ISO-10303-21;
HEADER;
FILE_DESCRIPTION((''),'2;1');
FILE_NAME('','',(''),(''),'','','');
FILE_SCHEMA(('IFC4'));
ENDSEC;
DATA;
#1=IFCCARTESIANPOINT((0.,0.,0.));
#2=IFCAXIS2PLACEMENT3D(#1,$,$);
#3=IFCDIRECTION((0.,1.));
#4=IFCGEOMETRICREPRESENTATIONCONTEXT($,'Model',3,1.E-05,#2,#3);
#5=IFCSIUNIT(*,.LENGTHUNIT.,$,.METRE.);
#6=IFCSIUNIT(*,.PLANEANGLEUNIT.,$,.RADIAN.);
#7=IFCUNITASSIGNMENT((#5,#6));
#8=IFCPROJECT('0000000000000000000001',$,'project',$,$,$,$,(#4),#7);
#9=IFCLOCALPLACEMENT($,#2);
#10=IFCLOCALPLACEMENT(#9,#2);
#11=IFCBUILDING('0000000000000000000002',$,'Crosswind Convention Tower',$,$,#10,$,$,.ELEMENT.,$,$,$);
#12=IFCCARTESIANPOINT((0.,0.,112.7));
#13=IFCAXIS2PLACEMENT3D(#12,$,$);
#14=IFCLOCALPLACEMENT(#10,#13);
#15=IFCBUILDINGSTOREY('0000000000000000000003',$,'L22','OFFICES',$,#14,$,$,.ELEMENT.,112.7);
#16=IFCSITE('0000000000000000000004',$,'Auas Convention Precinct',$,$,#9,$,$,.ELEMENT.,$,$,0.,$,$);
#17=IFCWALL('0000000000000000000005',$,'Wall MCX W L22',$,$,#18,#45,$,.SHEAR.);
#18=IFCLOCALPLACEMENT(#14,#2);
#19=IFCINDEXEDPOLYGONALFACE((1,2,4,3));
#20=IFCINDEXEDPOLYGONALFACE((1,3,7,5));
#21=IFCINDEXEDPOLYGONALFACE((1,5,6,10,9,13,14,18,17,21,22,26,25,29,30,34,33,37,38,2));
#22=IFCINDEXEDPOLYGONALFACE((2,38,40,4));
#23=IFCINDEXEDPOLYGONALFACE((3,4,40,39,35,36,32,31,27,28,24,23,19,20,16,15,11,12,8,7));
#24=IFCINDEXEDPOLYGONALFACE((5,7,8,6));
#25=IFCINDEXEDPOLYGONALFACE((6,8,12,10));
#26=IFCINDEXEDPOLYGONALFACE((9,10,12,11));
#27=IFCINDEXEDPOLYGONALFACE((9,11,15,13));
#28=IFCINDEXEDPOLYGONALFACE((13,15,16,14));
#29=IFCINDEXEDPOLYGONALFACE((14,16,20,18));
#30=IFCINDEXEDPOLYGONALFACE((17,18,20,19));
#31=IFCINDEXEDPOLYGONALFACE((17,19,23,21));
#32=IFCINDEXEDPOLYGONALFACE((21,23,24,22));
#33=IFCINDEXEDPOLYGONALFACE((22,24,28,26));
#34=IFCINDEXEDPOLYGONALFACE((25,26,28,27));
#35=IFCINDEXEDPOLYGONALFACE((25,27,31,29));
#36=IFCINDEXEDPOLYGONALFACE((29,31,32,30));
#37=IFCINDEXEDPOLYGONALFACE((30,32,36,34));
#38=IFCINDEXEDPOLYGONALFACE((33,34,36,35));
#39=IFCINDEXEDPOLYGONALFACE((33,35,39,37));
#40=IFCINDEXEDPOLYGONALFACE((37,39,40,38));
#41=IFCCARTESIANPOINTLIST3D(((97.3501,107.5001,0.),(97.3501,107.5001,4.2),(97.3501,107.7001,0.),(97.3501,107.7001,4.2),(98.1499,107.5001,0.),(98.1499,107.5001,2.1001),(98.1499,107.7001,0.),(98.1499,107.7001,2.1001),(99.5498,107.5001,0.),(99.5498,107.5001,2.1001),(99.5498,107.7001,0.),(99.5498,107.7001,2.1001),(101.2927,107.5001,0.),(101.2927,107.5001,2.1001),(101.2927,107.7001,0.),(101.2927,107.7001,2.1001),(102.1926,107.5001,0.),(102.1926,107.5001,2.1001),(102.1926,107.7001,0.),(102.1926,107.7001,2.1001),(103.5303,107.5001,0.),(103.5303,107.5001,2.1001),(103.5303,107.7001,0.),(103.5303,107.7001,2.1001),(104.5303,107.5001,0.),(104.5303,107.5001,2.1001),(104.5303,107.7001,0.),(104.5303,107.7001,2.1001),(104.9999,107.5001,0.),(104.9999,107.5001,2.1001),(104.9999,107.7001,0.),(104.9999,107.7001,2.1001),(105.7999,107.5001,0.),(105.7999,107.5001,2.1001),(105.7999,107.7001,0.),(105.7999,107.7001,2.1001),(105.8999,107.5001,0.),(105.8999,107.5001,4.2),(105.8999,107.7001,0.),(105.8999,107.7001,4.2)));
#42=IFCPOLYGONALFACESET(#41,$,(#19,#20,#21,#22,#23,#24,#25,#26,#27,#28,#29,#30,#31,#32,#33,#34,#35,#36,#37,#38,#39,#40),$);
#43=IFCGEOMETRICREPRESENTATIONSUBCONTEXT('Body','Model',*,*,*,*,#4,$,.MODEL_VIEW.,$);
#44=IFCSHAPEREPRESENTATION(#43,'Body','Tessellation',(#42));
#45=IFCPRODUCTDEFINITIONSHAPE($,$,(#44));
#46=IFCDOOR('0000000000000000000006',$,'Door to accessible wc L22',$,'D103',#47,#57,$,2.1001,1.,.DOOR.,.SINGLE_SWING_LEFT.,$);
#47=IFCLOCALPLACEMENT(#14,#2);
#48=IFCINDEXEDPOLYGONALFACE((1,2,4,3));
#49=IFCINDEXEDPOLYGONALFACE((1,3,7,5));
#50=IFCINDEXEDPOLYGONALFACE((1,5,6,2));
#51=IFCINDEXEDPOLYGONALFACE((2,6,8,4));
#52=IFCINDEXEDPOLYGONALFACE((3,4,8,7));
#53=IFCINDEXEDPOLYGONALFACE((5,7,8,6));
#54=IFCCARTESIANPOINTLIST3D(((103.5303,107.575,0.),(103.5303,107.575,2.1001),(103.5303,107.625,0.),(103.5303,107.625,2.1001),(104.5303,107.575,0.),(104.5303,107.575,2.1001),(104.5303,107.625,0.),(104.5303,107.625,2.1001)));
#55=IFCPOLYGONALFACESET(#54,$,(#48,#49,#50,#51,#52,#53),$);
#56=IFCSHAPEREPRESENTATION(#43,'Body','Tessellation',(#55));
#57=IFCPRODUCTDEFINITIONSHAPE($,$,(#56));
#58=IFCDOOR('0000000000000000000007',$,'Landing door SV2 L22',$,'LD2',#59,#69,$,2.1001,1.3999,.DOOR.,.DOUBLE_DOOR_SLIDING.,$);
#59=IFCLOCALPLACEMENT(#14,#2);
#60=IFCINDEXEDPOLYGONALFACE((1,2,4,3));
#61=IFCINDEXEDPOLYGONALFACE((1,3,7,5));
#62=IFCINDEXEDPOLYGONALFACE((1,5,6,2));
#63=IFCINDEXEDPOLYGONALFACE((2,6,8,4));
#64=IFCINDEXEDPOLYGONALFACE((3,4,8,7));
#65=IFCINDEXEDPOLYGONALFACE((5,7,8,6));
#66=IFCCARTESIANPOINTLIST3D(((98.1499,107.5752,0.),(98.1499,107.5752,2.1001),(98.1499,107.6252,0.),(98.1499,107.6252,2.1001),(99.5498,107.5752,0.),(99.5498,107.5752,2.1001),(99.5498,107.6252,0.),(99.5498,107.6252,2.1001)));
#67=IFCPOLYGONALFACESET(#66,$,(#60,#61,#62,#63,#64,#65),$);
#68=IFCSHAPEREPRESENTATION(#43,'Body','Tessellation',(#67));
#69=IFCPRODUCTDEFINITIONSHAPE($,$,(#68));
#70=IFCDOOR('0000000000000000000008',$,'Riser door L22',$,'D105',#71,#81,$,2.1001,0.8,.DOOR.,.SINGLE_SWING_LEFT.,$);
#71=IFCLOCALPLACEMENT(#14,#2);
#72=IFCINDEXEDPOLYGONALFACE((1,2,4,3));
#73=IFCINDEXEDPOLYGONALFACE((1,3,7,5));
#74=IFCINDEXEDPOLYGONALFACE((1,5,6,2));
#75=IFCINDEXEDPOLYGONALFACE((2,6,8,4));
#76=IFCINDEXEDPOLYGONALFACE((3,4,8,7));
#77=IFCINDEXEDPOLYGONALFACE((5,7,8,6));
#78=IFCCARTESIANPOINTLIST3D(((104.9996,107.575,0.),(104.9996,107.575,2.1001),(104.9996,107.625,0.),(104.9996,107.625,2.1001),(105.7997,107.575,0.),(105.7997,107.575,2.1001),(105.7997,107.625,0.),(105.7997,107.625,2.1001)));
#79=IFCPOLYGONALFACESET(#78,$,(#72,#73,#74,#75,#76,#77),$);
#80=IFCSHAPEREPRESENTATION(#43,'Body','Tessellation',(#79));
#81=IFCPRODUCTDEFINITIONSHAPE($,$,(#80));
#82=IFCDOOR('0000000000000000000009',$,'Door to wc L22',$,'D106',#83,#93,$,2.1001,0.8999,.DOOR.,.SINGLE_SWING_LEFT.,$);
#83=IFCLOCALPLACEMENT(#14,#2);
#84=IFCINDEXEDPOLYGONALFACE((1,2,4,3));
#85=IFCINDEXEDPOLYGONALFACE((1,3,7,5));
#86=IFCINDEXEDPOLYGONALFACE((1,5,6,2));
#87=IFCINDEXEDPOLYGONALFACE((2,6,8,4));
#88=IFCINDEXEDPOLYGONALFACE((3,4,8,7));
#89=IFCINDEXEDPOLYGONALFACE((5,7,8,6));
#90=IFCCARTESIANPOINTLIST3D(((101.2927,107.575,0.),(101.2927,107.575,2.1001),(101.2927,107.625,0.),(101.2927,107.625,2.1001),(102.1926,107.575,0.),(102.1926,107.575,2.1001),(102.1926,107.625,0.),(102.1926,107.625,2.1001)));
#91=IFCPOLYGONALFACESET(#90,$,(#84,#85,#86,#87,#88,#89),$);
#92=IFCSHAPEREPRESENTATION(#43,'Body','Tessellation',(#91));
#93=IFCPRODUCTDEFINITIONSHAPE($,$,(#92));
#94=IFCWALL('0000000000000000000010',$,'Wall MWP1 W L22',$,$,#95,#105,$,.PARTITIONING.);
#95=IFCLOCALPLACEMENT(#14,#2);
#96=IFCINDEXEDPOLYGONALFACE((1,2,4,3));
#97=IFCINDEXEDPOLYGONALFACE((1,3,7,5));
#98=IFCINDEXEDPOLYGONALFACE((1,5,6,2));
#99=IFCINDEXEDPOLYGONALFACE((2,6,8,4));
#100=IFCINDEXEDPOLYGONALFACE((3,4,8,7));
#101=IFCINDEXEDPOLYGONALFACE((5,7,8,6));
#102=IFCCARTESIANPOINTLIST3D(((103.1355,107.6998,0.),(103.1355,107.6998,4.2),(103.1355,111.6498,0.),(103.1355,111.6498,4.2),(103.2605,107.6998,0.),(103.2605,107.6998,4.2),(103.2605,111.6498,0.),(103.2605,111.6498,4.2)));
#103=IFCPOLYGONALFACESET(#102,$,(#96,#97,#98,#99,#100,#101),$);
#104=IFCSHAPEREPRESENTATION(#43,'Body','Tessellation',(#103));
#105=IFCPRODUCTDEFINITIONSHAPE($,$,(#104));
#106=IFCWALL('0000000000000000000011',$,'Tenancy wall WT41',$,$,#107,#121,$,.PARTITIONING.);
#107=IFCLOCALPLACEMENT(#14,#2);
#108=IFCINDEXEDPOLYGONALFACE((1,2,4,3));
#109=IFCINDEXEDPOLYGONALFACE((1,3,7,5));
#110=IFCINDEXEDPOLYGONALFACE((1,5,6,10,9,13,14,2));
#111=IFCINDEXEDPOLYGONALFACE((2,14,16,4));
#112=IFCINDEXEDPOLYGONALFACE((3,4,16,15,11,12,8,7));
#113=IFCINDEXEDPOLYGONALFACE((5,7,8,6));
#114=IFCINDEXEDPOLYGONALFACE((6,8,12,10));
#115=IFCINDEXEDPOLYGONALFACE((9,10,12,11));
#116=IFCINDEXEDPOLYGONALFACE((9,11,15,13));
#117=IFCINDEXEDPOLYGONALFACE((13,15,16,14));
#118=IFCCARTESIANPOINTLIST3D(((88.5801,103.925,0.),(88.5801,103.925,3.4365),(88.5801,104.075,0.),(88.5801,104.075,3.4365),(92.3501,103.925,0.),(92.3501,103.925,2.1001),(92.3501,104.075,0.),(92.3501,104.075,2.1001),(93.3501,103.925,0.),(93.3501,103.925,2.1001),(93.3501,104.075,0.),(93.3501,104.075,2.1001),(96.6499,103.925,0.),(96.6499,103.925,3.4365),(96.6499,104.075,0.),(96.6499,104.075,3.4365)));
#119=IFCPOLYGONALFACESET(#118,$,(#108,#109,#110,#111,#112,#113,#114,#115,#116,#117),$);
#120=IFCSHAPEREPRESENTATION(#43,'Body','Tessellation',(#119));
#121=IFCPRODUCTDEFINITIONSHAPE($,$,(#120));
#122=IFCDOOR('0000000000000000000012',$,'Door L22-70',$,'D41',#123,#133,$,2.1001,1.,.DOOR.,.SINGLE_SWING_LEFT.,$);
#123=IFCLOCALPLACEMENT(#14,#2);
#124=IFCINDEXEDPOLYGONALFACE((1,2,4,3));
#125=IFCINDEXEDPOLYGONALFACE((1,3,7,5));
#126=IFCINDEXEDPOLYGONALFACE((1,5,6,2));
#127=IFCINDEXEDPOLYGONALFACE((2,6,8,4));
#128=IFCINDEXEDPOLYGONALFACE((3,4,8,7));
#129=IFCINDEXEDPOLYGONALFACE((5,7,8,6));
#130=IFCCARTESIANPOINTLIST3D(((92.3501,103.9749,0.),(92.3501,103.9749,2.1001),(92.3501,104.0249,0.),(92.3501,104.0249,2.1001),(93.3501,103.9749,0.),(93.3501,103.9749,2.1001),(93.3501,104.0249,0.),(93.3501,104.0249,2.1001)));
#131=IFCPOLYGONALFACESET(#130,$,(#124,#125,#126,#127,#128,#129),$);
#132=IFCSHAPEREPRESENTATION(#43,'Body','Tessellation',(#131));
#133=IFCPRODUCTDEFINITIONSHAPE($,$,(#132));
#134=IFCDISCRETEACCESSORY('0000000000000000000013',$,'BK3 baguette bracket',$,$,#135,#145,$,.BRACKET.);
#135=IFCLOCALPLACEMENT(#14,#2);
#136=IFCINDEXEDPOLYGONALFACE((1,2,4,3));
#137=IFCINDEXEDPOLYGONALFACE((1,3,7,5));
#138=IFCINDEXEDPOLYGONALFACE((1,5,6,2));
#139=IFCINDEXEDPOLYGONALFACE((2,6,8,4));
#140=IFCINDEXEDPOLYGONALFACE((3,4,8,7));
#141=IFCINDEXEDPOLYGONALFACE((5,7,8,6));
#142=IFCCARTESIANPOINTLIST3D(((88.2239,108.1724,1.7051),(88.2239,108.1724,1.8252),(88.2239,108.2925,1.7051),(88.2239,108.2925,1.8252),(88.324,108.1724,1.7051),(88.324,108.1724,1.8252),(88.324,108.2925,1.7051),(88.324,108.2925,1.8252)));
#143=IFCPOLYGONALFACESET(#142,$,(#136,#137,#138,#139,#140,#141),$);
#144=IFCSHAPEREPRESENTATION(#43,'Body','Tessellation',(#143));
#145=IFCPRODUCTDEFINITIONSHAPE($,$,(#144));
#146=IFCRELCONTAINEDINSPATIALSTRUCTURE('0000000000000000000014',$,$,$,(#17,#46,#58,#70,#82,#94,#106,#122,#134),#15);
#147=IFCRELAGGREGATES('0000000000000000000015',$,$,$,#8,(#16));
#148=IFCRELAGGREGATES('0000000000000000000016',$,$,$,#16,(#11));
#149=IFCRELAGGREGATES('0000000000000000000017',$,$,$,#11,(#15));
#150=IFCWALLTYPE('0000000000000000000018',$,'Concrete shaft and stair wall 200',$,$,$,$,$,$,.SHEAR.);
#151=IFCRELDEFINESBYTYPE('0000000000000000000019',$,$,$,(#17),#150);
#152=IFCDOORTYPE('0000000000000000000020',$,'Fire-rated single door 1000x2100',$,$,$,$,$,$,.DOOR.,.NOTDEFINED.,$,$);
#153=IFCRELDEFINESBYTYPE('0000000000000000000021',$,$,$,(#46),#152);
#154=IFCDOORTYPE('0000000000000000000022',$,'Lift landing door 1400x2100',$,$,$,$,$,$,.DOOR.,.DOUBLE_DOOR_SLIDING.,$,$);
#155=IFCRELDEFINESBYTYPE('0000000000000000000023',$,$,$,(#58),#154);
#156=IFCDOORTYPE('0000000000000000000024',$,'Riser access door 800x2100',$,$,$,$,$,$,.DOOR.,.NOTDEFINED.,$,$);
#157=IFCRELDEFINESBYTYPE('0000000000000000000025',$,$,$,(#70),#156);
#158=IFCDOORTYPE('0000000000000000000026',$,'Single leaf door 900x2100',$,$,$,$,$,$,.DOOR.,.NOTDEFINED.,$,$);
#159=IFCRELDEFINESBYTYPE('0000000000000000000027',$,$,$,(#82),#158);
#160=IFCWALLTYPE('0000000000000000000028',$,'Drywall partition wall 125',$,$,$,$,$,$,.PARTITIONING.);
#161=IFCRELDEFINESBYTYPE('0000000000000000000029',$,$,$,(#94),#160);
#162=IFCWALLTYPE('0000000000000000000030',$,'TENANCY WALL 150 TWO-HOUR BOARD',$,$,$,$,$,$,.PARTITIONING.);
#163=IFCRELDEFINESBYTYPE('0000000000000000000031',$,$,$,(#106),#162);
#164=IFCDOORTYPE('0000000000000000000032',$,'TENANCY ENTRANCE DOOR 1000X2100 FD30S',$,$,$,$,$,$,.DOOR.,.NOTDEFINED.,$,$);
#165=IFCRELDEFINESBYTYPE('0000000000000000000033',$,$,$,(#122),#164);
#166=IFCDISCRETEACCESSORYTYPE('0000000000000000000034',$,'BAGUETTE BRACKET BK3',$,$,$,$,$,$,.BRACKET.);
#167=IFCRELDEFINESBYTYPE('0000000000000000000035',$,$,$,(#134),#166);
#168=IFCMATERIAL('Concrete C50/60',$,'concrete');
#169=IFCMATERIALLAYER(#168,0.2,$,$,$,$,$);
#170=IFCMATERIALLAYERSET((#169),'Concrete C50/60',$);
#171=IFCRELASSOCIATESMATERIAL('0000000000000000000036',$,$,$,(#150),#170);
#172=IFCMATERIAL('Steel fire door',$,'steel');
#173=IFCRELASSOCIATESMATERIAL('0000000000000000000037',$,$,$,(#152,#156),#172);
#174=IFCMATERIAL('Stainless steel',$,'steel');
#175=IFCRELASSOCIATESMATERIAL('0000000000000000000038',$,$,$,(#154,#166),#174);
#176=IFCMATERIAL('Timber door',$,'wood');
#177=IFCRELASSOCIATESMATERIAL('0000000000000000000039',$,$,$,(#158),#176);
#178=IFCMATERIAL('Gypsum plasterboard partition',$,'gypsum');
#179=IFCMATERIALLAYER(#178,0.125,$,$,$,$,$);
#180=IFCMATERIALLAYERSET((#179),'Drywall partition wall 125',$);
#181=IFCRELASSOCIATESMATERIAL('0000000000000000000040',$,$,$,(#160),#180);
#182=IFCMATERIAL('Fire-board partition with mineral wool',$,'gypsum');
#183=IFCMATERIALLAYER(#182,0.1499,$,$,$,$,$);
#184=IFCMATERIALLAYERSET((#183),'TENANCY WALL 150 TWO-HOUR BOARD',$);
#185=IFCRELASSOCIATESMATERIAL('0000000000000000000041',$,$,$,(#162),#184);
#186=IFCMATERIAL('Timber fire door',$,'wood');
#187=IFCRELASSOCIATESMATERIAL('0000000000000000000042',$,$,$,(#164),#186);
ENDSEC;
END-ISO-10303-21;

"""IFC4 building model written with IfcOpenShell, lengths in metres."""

from ifc_helpers import new_model, si_unit, direction, frame, frame_2d, origin, origin_2d, place, context, subcontext, project, spatial, rectangle, extrude, material, layer, layer_set, type_object, element, fill, save


model = new_model("IFC4")

# Units and contexts
model_context = context("Model", 3, precision=1e-05, world=origin(), true_north=direction((0.0, 1.0)))
body_context = subcontext(model_context, "Body", "Model", "MODEL_VIEW")
ifc_project = project(units=[si_unit("LENGTHUNIT", "METRE"), si_unit("PLANEANGLEUNIT", "RADIAN")], contexts=[model_context])

# Site, building, storey
site_placement = place(None, origin())
site = spatial("IfcSite", under=ifc_project, at=site_placement, Name="Auas Convention Precinct", CompositionType="ELEMENT", RefElevation=0.0)
building_placement = place(site_placement, origin())
building = spatial("IfcBuilding", under=site, at=building_placement, Name="Crosswind Convention Tower", CompositionType="ELEMENT")
storey_placement = place(building_placement, frame((0.0, 0.0, 112.7)))
storey = spatial("IfcBuildingStorey", under=building, at=storey_placement, Name="L22", Description="OFFICES", CompositionType="ELEMENT", Elevation=112.7)

# Shared definitions
ifc_material_1 = material(Name="Concrete C50/60", Category="concrete")
ifc_layer_1 = layer(ifc_material_1, 0.2)
ifc_layer_set_1 = layer_set([ifc_layer_1], Name="Concrete C50/60")
wall_type_1 = type_object("IfcWallType", Name="Concrete shaft and stair wall 200", PredefinedType="SHEAR", material=ifc_layer_set_1)

# Wall, openings, doors
wall_1_placement = place(storey_placement, frame((105.8999, 107.6001, 0.0), z_axis=(0.0, 0.0, 1.0), x_axis=(-1.0, 0.0, 0.0)))
wall_1 = element("IfcWall", 1, at=wall_1_placement, inside=storey, type_object=wall_type_1, Name="Wall MCX W L22", PredefinedType="SHEAR", context=body_context, shape_type="SweptSolid", body=[
    extrude(rectangle(XDim=8.5498, YDim=0.2, at=frame_2d((4.2749, 0.0))), origin(), (0.0, 0.0, 1.0), 4.2),
])
opening_1_placement = place(wall_1_placement, frame((0.1001, 0.0, 0.0)))
opening_1 = element("IfcOpeningElement", 2, at=opening_1_placement, cuts=wall_1, PredefinedType="OPENING", context=body_context, shape_type="SweptSolid", body=[
    extrude(rectangle(XDim=0.8, YDim=2.1001, at=frame_2d((0.3999, 1.05))), frame((0.0, 0.1099, 0.0), z_axis=(0.0, -1.0, 0.0), x_axis=(1.0, 0.0, 0.0)), (0.0, 0.0, 1.0), 0.22),
])
opening_2_placement = place(wall_1_placement, frame((1.3696, 0.0, 0.0)))
opening_2 = element("IfcOpeningElement", 3, at=opening_2_placement, cuts=wall_1, PredefinedType="OPENING", context=body_context, shape_type="SweptSolid", body=[
    extrude(rectangle(XDim=1.0, YDim=2.1001, at=frame_2d((0.5, 1.05))), frame((0.0, 0.1099, 0.0), z_axis=(0.0, -1.0, 0.0), x_axis=(1.0, 0.0, 0.0)), (0.0, 0.0, 1.0), 0.22),
])
opening_3_placement = place(wall_1_placement, frame((3.7073, 0.0, 0.0)))
opening_3 = element("IfcOpeningElement", 4, at=opening_3_placement, cuts=wall_1, PredefinedType="OPENING", context=body_context, shape_type="SweptSolid", body=[
    extrude(rectangle(XDim=0.8999, YDim=2.1001, at=frame_2d((0.45, 1.05))), frame((0.0, 0.1099, 0.0), z_axis=(0.0, -1.0, 0.0), x_axis=(1.0, 0.0, 0.0)), (0.0, 0.0, 1.0), 0.22),
])
opening_4_placement = place(wall_1_placement, frame((6.3501, 0.0, 0.0)))
opening_4 = element("IfcOpeningElement", 5, at=opening_4_placement, cuts=wall_1, PredefinedType="OPENING", context=body_context, shape_type="SweptSolid", body=[
    extrude(rectangle(XDim=1.3999, YDim=2.1001, at=frame_2d((0.7, 1.05))), frame((0.0, 0.1099, 0.0), z_axis=(0.0, -1.0, 0.0), x_axis=(1.0, 0.0, 0.0)), (0.0, 0.0, 1.0), 0.22),
])
ifc_material_2 = material(Name="Steel fire door", Category="steel")
door_type_1 = type_object("IfcDoorType", Name="Fire-rated single door 1000x2100", OperationType="NOTDEFINED", PredefinedType="DOOR", material=ifc_material_2)
door_1_placement = place(opening_2_placement, frame((1.0, 0.0, 0.0), z_axis=(0.0, 0.0, 1.0), x_axis=(-1.0, 0.0, 0.0)))
door_1 = element("IfcDoor", 6, at=door_1_placement, inside=storey, type_object=door_type_1, Name="Door to accessible wc L22", ObjectType="D103", OperationType="SINGLE_SWING_LEFT", OverallHeight=2.1001, OverallWidth=1.0, PredefinedType="DOOR", context=body_context, shape_type="SweptSolid", body=[
    extrude(rectangle(XDim=1.0, YDim=2.1001, at=frame_2d((0.5, 1.05))), frame((0.0, 0.0249, 0.0), z_axis=(0.0, -1.0, 0.0), x_axis=(1.0, 0.0, 0.0)), (0.0, 0.0, 1.0), 0.05),
])
fill(opening_2, door_1)
ifc_material_3 = material(Name="Stainless steel", Category="steel")
door_type_2 = type_object("IfcDoorType", Name="Lift landing door 1400x2100", OperationType="DOUBLE_DOOR_SLIDING", PredefinedType="DOOR", material=ifc_material_3)
door_2_placement = place(opening_4_placement, origin())
door_2 = element("IfcDoor", 7, at=door_2_placement, inside=storey, type_object=door_type_2, Name="Landing door SV2 L22", ObjectType="LD2", OperationType="DOUBLE_DOOR_SLIDING", OverallHeight=2.1001, OverallWidth=1.3999, PredefinedType="DOOR", context=body_context, shape_type="SweptSolid", body=[
    extrude(rectangle(XDim=1.3999, YDim=2.1001, at=frame_2d((0.7, 1.05))), frame((0.0, 0.0249, 0.0), z_axis=(0.0, -1.0, 0.0), x_axis=(1.0, 0.0, 0.0)), (0.0, 0.0, 1.0), 0.05),
])
fill(opening_4, door_2)
door_type_3 = type_object("IfcDoorType", Name="Riser access door 800x2100", OperationType="NOTDEFINED", PredefinedType="DOOR", material=ifc_material_2)
door_3_placement = place(opening_1_placement, frame((0.8, 0.0, 0.0), z_axis=(0.0, 0.0, 1.0), x_axis=(-1.0, 0.0, 0.0)))
door_3 = element("IfcDoor", 8, at=door_3_placement, inside=storey, type_object=door_type_3, Name="Riser door L22", ObjectType="D105", OperationType="SINGLE_SWING_LEFT", OverallHeight=2.1001, OverallWidth=0.8, PredefinedType="DOOR", context=body_context, shape_type="SweptSolid", body=[
    extrude(rectangle(XDim=0.8, YDim=2.1001, at=frame_2d((0.3999, 1.05))), frame((0.0, 0.0249, 0.0), z_axis=(0.0, -1.0, 0.0), x_axis=(1.0, 0.0, 0.0)), (0.0, 0.0, 1.0), 0.05),
])
fill(opening_1, door_3)
ifc_material_4 = material(Name="Timber door", Category="wood")
door_type_4 = type_object("IfcDoorType", Name="Single leaf door 900x2100", OperationType="NOTDEFINED", PredefinedType="DOOR", material=ifc_material_4)
door_4_placement = place(opening_3_placement, frame((0.8999, 0.0, 0.0), z_axis=(0.0, 0.0, 1.0), x_axis=(-1.0, 0.0, 0.0)))
door_4 = element("IfcDoor", 9, at=door_4_placement, inside=storey, type_object=door_type_4, Name="Door to wc L22", ObjectType="D106", OperationType="SINGLE_SWING_LEFT", OverallHeight=2.1001, OverallWidth=0.8999, PredefinedType="DOOR", context=body_context, shape_type="SweptSolid", body=[
    extrude(rectangle(XDim=0.8999, YDim=2.1001, at=frame_2d((0.45, 1.05))), frame((0.0, 0.0249, 0.0), z_axis=(0.0, -1.0, 0.0), x_axis=(1.0, 0.0, 0.0)), (0.0, 0.0, 1.0), 0.05),
])
fill(opening_3, door_4)

# Wall
ifc_material_5 = material(Name="Gypsum plasterboard partition", Category="gypsum")
ifc_layer_2 = layer(ifc_material_5, 0.125)
ifc_layer_set_2 = layer_set([ifc_layer_2], Name="Drywall partition wall 125")
wall_type_2 = type_object("IfcWallType", Name="Drywall partition wall 125", PredefinedType="PARTITIONING", material=ifc_layer_set_2)
wall_2_placement = place(storey_placement, frame((103.198, 111.6499, 0.0), z_axis=(0.0, 0.0, 1.0), x_axis=(0.0, -1.0, 0.0)))
element("IfcWall", 10, at=wall_2_placement, inside=storey, type_object=wall_type_2, Name="Wall MWP1 W L22", PredefinedType="PARTITIONING", context=body_context, shape_type="SweptSolid", body=[
    extrude(rectangle(XDim=3.95, YDim=0.125, at=frame_2d((1.9751, 0.0))), origin(), (0.0, 0.0, 1.0), 4.2),
])

# Wall, opening, door
ifc_material_6 = material(Name="Fire-board partition with mineral wool", Category="gypsum")
ifc_layer_3 = layer(ifc_material_6, 0.1499)
ifc_layer_set_3 = layer_set([ifc_layer_3], Name="TENANCY WALL 150 TWO-HOUR BOARD")
wall_type_3 = type_object("IfcWallType", Name="TENANCY WALL 150 TWO-HOUR BOARD", PredefinedType="PARTITIONING", material=ifc_layer_set_3)
wall_3_placement = place(storey_placement, frame((88.5801, 104.0, 0.0), z_axis=(0.0, 0.0, 1.0), x_axis=(1.0, 0.0, 0.0)))
wall_3 = element("IfcWall", 11, at=wall_3_placement, inside=storey, type_object=wall_type_3, Name="Tenancy wall WT41", PredefinedType="PARTITIONING", context=body_context, shape_type="SweptSolid", body=[
    extrude(rectangle(XDim=8.0698, YDim=0.1499, at=frame_2d((4.0349, 0.0))), origin(), (0.0, 0.0, 1.0), 3.4365),
])
opening_5_placement = place(wall_3_placement, frame((3.77, 0.0, 0.0)))
opening_5 = element("IfcOpeningElement", 12, at=opening_5_placement, cuts=wall_3, PredefinedType="OPENING", context=body_context, shape_type="SweptSolid", body=[
    extrude(rectangle(XDim=1.0, YDim=2.1001, at=frame_2d((0.5, 1.05))), frame((0.0, 0.085, 0.0), z_axis=(0.0, -1.0, 0.0), x_axis=(1.0, 0.0, 0.0)), (0.0, 0.0, 1.0), 0.1699),
])
ifc_material_7 = material(Name="Timber fire door", Category="wood")
door_type_5 = type_object("IfcDoorType", Name="TENANCY ENTRANCE DOOR 1000X2100 FD30S", OperationType="NOTDEFINED", PredefinedType="DOOR", material=ifc_material_7)
door_5_placement = place(opening_5_placement, origin())
door_5 = element("IfcDoor", 13, at=door_5_placement, inside=storey, type_object=door_type_5, Name="Door L22-70", ObjectType="D41", OperationType="SINGLE_SWING_LEFT", OverallHeight=2.1001, OverallWidth=1.0, PredefinedType="DOOR", context=body_context, shape_type="SweptSolid", body=[
    extrude(rectangle(XDim=1.0, YDim=2.1001, at=frame_2d((0.5, 1.05))), frame((0.0, 0.0249, 0.0), z_axis=(0.0, -1.0, 0.0), x_axis=(1.0, 0.0, 0.0)), (0.0, 0.0, 1.0), 0.05),
])
fill(opening_5, door_5)

# Discrete accessory
discrete_accessory_type = type_object("IfcDiscreteAccessoryType", Name="BAGUETTE BRACKET BK3", PredefinedType="BRACKET", material=ifc_material_3)
discrete_accessory_placement = place(storey_placement, frame((88.2739, 108.2324, 1.7051), z_axis=(0.0, 0.0, 1.0), x_axis=(0.0, -1.0, 0.0)))
element("IfcDiscreteAccessory", 14, at=discrete_accessory_placement, inside=storey, type_object=discrete_accessory_type, Name="BK3 baguette bracket", PredefinedType="BRACKET", context=body_context, shape_type="SweptSolid", body=[
    extrude(rectangle(XDim=0.1201, YDim=0.1001, at=origin_2d()), origin(), (0.0, 0.0, 1.0), 0.1201),
])

save(model, "model.ifc")
